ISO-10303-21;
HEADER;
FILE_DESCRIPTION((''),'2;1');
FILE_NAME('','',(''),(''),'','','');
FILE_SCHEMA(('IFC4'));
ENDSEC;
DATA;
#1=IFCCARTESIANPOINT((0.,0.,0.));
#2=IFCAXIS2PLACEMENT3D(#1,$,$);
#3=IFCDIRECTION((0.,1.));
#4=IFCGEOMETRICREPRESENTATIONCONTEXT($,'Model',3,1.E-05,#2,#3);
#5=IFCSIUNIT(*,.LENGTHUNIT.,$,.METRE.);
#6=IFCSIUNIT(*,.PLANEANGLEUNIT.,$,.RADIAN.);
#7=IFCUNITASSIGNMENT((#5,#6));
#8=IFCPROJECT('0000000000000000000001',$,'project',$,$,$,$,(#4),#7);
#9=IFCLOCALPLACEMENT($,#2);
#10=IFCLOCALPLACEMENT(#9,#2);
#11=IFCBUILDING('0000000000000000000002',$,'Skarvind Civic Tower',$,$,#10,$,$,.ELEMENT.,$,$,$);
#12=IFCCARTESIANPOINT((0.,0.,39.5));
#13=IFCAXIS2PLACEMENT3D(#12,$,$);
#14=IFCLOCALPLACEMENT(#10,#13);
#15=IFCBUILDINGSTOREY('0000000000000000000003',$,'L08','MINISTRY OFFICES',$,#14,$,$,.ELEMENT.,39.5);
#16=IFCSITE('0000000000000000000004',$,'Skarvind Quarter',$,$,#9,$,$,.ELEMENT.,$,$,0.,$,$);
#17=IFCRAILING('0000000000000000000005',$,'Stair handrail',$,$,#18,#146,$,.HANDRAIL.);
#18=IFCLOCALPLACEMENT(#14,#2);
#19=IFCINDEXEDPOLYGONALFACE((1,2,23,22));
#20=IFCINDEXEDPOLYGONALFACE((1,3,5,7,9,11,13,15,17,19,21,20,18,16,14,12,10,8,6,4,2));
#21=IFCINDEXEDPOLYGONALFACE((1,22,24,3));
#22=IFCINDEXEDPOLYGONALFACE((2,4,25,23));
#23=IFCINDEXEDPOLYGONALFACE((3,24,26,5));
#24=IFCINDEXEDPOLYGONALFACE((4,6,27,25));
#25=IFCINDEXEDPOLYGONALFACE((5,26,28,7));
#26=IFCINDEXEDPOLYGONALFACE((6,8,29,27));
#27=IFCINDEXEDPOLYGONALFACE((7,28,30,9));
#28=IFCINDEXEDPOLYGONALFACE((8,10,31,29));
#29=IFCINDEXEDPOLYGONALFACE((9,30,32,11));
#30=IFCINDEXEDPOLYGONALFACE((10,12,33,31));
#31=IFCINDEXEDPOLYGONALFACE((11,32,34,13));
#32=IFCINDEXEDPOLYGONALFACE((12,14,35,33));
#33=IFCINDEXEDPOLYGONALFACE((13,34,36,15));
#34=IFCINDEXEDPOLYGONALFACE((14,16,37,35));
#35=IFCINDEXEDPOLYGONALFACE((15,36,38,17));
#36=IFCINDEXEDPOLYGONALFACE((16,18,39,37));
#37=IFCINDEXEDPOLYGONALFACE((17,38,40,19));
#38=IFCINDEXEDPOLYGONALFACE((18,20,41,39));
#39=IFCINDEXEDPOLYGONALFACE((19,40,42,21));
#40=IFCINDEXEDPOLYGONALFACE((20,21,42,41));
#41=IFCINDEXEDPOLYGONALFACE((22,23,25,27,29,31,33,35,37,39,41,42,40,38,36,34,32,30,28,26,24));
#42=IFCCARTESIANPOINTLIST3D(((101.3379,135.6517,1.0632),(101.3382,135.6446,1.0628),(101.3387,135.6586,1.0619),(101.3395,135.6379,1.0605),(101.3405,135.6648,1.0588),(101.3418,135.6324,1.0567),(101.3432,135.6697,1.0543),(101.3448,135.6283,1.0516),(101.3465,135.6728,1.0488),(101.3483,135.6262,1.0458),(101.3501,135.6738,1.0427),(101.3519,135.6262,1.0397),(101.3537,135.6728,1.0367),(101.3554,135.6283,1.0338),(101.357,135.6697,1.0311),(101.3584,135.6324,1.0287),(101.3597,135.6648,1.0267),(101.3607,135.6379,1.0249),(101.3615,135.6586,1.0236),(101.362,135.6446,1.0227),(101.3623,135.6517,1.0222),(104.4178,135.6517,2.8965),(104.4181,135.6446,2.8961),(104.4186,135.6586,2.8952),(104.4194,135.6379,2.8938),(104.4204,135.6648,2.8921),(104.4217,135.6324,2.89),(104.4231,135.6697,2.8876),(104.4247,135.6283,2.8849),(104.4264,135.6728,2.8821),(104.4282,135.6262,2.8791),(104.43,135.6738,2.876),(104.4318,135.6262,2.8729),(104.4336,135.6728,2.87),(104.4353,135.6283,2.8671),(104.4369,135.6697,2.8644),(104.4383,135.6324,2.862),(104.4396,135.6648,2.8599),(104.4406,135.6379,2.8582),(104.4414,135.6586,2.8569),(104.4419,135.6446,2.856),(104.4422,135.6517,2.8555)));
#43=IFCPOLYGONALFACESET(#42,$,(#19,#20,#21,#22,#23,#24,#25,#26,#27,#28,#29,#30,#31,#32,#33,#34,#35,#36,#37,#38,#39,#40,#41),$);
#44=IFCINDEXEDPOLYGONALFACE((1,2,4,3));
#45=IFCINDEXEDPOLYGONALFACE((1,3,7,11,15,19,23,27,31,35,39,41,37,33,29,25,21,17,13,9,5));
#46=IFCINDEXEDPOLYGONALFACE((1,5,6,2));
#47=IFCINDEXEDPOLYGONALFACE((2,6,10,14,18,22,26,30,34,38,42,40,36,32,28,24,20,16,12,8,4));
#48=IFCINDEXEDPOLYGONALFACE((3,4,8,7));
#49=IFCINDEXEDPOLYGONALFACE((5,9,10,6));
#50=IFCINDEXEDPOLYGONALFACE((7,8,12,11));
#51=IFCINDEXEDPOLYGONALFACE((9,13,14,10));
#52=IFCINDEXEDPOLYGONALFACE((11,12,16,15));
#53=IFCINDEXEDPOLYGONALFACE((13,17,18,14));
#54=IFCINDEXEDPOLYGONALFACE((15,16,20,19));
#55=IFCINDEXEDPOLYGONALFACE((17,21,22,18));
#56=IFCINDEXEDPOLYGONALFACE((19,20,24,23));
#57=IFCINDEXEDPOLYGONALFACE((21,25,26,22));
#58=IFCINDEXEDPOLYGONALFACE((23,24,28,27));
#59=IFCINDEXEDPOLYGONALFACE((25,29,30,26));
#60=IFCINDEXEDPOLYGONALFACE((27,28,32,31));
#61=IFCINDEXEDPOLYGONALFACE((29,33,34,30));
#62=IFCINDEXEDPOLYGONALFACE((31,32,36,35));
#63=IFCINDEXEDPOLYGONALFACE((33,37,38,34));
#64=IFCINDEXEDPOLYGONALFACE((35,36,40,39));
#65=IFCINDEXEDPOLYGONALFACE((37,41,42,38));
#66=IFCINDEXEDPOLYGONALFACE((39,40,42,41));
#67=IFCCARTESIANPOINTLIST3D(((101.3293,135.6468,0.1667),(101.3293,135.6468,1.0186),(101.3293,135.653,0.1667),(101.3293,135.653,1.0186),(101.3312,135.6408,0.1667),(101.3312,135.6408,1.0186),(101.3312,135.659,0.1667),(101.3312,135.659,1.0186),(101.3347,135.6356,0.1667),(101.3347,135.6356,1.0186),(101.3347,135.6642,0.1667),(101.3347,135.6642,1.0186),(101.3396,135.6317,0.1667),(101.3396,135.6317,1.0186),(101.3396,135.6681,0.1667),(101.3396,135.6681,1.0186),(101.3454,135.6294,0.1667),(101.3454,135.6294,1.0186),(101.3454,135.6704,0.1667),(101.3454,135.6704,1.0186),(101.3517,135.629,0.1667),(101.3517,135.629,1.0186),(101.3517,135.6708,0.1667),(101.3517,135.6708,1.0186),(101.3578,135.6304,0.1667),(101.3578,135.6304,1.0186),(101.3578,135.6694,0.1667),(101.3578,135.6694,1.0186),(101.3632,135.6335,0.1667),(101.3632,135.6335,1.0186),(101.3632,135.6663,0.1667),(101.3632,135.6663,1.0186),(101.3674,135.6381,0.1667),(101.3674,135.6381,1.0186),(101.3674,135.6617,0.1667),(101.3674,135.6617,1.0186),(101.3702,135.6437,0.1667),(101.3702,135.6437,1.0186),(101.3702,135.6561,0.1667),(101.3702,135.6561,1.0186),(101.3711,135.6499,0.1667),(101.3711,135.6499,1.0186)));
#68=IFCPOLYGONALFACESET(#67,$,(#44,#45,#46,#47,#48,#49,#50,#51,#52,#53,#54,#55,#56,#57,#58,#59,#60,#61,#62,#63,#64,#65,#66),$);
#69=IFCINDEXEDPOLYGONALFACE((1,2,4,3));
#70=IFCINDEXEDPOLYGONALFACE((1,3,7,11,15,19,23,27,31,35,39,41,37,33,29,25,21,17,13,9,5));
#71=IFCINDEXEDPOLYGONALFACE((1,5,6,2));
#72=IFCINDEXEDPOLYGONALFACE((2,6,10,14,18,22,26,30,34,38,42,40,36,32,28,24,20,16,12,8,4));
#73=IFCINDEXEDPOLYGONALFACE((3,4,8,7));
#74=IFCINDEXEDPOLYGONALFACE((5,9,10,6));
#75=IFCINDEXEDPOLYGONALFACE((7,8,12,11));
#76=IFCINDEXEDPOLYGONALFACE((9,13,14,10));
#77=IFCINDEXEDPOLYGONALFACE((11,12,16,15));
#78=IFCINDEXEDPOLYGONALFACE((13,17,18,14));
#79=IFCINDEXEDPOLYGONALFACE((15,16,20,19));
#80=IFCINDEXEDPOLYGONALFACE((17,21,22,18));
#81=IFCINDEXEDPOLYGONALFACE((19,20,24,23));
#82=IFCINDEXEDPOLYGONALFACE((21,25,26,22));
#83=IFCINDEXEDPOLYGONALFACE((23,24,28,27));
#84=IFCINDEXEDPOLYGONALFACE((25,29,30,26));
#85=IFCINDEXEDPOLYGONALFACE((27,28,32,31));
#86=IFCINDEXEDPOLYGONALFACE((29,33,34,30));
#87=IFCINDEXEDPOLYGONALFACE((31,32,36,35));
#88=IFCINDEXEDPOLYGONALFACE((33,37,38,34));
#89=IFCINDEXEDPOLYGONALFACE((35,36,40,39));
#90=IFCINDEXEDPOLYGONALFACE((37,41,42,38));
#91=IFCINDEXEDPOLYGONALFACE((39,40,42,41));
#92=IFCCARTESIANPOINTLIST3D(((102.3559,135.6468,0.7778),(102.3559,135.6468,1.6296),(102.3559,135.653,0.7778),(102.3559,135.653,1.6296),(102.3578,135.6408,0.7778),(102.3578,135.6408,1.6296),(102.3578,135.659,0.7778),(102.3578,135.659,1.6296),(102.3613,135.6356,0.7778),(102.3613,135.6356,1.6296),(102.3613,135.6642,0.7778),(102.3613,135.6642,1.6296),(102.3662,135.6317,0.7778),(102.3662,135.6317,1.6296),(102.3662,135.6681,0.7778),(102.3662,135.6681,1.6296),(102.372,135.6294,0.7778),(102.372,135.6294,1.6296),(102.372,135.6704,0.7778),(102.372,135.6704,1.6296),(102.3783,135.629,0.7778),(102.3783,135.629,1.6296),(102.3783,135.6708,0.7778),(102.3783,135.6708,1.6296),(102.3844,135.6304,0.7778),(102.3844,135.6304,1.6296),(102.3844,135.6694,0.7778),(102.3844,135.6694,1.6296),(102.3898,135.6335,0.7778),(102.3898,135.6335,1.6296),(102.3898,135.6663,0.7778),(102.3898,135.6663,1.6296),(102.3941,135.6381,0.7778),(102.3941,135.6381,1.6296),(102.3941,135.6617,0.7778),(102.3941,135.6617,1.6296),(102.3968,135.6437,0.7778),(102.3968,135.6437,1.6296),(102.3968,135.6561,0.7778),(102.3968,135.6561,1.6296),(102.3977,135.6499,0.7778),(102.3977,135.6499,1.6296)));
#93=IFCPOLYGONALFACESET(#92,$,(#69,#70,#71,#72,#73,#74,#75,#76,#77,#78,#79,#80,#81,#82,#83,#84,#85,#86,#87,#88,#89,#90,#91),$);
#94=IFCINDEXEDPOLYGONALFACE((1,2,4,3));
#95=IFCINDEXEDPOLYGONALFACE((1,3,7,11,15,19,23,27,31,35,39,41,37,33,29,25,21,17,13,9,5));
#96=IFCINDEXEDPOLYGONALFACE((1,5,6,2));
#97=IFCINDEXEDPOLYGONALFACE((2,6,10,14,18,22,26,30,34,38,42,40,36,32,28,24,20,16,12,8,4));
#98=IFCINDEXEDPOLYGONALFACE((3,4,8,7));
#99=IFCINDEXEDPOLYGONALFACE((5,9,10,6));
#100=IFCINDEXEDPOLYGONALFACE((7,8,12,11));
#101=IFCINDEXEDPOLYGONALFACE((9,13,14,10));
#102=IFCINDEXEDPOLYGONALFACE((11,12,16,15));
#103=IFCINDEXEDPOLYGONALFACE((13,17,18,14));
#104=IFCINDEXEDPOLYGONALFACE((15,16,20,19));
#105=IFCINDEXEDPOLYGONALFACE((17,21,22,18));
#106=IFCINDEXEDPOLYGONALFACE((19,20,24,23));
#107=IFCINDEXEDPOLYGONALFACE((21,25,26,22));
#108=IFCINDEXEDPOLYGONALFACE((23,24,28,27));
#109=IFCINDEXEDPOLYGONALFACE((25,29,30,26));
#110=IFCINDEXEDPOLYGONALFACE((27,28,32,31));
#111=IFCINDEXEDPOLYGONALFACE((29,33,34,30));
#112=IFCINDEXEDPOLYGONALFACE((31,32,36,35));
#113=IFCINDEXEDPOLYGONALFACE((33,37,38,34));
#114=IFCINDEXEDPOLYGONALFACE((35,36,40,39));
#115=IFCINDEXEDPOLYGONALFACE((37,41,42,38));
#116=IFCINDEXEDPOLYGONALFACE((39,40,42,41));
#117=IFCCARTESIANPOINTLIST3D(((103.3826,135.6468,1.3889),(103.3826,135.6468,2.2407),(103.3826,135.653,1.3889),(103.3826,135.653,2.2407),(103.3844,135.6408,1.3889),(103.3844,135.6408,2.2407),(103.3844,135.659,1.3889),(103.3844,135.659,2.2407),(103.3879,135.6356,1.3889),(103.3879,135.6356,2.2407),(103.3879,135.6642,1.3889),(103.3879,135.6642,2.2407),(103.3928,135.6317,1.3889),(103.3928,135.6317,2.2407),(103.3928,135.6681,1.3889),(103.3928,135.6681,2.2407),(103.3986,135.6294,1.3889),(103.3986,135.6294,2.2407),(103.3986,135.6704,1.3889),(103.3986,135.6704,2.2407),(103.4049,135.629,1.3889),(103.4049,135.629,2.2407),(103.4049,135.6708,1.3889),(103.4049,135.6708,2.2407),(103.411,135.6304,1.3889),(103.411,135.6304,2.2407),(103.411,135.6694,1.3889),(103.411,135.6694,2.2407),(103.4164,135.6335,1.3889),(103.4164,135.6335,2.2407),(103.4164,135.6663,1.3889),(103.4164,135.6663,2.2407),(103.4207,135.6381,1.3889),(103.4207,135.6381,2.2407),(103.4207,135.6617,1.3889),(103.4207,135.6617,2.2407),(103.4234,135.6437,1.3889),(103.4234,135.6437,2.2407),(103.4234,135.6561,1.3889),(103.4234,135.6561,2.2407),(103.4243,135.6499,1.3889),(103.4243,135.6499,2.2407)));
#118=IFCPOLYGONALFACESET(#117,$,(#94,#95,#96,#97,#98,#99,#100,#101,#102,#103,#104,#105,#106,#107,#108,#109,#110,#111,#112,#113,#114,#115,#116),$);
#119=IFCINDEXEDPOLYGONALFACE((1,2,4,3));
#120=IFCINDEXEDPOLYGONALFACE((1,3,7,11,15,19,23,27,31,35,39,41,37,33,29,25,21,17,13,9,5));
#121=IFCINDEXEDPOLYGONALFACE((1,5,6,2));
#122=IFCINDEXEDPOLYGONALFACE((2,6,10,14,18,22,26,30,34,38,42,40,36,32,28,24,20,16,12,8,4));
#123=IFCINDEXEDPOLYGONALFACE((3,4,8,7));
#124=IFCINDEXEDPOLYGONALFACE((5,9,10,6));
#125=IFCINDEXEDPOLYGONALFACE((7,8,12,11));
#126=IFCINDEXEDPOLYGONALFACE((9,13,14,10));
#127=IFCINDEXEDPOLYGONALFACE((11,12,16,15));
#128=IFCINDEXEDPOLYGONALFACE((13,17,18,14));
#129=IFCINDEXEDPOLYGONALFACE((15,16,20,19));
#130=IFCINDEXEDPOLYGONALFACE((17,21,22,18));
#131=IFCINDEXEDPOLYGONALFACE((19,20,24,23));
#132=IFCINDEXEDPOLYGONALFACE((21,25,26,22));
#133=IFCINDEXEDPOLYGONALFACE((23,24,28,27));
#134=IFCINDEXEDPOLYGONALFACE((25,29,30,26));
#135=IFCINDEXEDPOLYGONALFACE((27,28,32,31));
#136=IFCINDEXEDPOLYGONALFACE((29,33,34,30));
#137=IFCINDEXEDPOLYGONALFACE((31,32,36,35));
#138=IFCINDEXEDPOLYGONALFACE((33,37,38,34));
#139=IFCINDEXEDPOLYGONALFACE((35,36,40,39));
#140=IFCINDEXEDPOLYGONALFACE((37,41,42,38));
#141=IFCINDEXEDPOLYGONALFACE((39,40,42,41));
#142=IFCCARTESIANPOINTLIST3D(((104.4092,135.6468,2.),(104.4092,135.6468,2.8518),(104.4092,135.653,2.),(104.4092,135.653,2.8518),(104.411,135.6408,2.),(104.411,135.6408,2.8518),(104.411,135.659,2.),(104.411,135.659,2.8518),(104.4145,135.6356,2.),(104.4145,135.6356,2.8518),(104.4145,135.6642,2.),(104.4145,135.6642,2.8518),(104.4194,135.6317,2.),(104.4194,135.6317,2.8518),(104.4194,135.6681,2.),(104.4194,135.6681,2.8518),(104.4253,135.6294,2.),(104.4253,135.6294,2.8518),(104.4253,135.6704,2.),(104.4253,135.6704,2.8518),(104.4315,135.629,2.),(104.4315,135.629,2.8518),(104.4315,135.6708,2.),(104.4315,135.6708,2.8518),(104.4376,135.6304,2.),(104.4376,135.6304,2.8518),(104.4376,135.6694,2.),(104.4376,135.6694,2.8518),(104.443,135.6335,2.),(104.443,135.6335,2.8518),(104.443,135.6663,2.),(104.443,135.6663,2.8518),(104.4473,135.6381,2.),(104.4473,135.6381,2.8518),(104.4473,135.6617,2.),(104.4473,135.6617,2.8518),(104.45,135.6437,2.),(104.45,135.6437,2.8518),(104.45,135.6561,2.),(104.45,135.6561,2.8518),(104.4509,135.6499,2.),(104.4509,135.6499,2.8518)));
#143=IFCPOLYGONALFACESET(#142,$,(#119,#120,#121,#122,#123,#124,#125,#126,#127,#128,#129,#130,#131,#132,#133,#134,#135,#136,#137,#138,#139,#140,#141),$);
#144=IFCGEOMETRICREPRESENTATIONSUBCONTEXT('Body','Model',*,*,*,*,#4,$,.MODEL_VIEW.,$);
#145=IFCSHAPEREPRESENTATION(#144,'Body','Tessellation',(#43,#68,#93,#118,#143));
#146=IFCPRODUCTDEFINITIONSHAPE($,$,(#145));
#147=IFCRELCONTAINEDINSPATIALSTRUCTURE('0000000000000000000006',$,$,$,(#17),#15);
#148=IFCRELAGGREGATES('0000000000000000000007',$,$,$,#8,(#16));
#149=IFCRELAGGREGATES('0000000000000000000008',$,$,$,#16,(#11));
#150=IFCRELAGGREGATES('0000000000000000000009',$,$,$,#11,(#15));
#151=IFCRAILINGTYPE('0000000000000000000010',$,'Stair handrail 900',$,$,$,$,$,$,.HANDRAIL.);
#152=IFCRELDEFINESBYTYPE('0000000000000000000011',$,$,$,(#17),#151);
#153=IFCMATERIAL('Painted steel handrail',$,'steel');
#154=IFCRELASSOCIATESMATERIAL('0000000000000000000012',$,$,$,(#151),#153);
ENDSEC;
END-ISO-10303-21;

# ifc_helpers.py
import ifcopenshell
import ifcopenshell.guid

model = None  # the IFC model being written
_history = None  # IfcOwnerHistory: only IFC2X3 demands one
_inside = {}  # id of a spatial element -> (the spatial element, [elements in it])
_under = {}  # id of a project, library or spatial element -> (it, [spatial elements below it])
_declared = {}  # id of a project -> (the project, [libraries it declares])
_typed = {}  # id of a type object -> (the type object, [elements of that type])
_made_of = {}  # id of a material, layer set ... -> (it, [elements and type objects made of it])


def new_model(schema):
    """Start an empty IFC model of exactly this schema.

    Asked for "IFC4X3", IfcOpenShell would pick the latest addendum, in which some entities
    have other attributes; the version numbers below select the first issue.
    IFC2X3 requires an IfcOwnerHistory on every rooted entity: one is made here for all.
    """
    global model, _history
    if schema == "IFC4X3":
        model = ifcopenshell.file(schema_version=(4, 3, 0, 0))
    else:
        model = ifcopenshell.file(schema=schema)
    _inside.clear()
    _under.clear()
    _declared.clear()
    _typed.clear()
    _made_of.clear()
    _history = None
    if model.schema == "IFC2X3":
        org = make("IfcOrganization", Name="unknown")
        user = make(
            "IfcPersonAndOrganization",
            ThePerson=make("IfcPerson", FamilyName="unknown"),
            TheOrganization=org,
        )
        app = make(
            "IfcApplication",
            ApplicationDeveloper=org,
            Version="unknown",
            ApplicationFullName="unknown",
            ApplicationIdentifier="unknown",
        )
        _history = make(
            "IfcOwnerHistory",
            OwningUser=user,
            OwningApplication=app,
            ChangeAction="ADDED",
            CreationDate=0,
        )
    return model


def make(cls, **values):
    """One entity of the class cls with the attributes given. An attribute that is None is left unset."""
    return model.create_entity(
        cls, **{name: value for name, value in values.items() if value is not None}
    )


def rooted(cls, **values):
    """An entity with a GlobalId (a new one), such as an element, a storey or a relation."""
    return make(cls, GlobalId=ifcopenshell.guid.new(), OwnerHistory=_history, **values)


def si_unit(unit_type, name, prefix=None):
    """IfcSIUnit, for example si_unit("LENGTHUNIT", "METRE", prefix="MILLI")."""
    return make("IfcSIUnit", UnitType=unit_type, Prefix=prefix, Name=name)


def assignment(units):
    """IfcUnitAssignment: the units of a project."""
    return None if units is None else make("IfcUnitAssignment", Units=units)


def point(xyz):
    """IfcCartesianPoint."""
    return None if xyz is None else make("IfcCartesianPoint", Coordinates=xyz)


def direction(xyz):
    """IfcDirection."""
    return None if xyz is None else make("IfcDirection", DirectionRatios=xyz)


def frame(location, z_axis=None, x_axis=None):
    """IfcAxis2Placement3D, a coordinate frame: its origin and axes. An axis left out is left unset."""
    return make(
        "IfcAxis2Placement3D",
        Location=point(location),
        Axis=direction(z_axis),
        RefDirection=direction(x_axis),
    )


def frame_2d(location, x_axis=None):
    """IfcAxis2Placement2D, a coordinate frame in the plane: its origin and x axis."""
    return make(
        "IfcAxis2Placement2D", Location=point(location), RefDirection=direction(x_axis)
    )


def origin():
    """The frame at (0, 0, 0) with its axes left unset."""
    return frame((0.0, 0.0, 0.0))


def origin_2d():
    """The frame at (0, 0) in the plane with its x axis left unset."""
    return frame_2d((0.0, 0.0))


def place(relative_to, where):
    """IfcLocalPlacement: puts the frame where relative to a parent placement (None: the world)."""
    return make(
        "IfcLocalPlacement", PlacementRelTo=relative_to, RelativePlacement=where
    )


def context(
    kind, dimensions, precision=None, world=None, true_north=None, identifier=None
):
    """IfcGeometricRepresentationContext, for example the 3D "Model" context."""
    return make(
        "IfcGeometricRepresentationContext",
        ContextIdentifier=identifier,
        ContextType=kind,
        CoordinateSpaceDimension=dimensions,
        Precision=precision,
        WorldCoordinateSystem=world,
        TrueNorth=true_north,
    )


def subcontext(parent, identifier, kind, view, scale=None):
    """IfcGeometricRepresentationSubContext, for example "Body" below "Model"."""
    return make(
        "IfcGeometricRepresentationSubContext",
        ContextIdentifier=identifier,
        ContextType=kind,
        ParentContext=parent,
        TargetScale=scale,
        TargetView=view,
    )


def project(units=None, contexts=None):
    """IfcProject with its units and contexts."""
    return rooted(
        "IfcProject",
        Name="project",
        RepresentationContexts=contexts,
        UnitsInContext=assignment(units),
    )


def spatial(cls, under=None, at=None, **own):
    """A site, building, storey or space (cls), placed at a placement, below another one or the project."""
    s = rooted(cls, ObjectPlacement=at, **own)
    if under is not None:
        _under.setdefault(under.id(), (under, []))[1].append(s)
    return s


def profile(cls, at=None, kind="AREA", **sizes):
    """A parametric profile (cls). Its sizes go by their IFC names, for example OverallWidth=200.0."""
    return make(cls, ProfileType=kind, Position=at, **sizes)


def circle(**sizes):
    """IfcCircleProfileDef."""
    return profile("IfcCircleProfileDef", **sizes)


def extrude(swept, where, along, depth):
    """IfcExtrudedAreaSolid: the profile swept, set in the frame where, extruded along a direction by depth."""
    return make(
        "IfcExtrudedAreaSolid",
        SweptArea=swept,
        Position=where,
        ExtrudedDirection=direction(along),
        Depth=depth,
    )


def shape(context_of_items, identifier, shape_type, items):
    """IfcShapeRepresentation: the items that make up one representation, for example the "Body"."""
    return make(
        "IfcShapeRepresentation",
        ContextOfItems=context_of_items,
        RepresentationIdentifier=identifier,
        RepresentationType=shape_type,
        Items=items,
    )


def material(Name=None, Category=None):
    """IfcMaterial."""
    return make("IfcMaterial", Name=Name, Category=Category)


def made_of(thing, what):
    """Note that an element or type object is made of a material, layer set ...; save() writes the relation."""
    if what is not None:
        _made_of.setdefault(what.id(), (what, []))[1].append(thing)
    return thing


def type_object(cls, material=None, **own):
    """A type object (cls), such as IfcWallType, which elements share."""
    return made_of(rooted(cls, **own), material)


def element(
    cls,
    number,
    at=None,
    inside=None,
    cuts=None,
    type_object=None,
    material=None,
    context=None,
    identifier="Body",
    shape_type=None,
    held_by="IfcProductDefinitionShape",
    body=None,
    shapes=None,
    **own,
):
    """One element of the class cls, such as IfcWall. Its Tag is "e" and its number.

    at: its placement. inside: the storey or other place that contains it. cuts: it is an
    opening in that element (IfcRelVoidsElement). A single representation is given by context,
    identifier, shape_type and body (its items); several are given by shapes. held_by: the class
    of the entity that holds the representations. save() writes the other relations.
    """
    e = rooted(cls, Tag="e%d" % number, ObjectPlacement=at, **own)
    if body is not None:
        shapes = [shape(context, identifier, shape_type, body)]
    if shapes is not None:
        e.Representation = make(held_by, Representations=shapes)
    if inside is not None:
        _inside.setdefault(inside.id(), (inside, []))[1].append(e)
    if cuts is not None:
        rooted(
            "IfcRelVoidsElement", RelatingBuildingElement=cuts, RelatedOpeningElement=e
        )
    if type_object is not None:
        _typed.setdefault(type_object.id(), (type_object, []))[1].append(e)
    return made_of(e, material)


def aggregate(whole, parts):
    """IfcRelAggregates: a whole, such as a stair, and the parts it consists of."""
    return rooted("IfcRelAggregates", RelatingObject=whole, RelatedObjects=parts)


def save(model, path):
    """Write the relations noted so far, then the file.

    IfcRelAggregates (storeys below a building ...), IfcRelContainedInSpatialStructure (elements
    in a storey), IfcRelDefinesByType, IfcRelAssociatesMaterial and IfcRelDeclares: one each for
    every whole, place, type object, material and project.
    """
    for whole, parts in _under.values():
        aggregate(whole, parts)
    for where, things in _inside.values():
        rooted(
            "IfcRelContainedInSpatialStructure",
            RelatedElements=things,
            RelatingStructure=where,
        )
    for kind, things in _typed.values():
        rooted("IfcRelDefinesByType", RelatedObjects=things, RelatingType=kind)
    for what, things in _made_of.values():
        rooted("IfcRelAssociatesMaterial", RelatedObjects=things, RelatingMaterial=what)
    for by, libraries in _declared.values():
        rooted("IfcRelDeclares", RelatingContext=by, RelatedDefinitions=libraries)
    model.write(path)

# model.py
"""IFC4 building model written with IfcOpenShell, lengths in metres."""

from ifc_helpers import new_model, si_unit, direction, frame, origin, origin_2d, place, context, subcontext, project, spatial, circle, extrude, material, type_object, element, save


model = new_model("IFC4")

# Units and contexts
model_context = context("Model", 3, precision=1e-05, world=origin(), true_north=direction((0.0, 1.0)))
body_context = subcontext(model_context, "Body", "Model", "MODEL_VIEW")
ifc_project = project(units=[si_unit("LENGTHUNIT", "METRE"), si_unit("PLANEANGLEUNIT", "RADIAN")], contexts=[model_context])

# Site, building, storey
site_placement = place(None, origin())
site = spatial("IfcSite", under=ifc_project, at=site_placement, Name="Skarvind Quarter", CompositionType="ELEMENT", RefElevation=0.0)
building_placement = place(site_placement, origin())
building = spatial("IfcBuilding", under=site, at=building_placement, Name="Skarvind Civic Tower", CompositionType="ELEMENT")
storey_placement = place(building_placement, frame((0.0, 0.0, 39.5)))
storey = spatial("IfcBuildingStorey", under=building, at=storey_placement, Name="L08", Description="MINISTRY OFFICES", CompositionType="ELEMENT", Elevation=39.5)

# Railing
ifc_material_1 = material(Name="Painted steel handrail", Category="steel")
railing_type = type_object("IfcRailingType", Name="Stair handrail 900", PredefinedType="HANDRAIL", material=ifc_material_1)
railing_1_placement = place(storey_placement, frame((101.3501, 135.6499, 0.1667)))
element("IfcRailing", 1, at=railing_1_placement, inside=storey, type_object=railing_type, Name="Stair handrail", PredefinedType="HANDRAIL", context=body_context, shape_type="SweptSolid", body=[
    extrude(circle(Radius=0.0239, at=origin_2d()), frame((0.0, 0.0, 0.876), z_axis=(0.859291, 0.0, 0.511487), x_axis=(0.0, 1.0, 0.0)), (0.0, 0.0, 1.0), 3.5842),
    extrude(circle(Radius=0.021, at=origin_2d()), origin(), (0.0, 0.0, 1.0), 0.8518),
    extrude(circle(Radius=0.021, at=origin_2d()), frame((1.0266, 0.0, 0.6111)), (0.0, 0.0, 1.0), 0.8518),
    extrude(circle(Radius=0.021, at=origin_2d()), frame((2.0532, 0.0, 1.2222)), (0.0, 0.0, 1.0), 0.8518),
    extrude(circle(Radius=0.021, at=origin_2d()), frame((3.0798, 0.0, 1.8333)), (0.0, 0.0, 1.0), 0.8518),
])

save(model, "model.ifc")
